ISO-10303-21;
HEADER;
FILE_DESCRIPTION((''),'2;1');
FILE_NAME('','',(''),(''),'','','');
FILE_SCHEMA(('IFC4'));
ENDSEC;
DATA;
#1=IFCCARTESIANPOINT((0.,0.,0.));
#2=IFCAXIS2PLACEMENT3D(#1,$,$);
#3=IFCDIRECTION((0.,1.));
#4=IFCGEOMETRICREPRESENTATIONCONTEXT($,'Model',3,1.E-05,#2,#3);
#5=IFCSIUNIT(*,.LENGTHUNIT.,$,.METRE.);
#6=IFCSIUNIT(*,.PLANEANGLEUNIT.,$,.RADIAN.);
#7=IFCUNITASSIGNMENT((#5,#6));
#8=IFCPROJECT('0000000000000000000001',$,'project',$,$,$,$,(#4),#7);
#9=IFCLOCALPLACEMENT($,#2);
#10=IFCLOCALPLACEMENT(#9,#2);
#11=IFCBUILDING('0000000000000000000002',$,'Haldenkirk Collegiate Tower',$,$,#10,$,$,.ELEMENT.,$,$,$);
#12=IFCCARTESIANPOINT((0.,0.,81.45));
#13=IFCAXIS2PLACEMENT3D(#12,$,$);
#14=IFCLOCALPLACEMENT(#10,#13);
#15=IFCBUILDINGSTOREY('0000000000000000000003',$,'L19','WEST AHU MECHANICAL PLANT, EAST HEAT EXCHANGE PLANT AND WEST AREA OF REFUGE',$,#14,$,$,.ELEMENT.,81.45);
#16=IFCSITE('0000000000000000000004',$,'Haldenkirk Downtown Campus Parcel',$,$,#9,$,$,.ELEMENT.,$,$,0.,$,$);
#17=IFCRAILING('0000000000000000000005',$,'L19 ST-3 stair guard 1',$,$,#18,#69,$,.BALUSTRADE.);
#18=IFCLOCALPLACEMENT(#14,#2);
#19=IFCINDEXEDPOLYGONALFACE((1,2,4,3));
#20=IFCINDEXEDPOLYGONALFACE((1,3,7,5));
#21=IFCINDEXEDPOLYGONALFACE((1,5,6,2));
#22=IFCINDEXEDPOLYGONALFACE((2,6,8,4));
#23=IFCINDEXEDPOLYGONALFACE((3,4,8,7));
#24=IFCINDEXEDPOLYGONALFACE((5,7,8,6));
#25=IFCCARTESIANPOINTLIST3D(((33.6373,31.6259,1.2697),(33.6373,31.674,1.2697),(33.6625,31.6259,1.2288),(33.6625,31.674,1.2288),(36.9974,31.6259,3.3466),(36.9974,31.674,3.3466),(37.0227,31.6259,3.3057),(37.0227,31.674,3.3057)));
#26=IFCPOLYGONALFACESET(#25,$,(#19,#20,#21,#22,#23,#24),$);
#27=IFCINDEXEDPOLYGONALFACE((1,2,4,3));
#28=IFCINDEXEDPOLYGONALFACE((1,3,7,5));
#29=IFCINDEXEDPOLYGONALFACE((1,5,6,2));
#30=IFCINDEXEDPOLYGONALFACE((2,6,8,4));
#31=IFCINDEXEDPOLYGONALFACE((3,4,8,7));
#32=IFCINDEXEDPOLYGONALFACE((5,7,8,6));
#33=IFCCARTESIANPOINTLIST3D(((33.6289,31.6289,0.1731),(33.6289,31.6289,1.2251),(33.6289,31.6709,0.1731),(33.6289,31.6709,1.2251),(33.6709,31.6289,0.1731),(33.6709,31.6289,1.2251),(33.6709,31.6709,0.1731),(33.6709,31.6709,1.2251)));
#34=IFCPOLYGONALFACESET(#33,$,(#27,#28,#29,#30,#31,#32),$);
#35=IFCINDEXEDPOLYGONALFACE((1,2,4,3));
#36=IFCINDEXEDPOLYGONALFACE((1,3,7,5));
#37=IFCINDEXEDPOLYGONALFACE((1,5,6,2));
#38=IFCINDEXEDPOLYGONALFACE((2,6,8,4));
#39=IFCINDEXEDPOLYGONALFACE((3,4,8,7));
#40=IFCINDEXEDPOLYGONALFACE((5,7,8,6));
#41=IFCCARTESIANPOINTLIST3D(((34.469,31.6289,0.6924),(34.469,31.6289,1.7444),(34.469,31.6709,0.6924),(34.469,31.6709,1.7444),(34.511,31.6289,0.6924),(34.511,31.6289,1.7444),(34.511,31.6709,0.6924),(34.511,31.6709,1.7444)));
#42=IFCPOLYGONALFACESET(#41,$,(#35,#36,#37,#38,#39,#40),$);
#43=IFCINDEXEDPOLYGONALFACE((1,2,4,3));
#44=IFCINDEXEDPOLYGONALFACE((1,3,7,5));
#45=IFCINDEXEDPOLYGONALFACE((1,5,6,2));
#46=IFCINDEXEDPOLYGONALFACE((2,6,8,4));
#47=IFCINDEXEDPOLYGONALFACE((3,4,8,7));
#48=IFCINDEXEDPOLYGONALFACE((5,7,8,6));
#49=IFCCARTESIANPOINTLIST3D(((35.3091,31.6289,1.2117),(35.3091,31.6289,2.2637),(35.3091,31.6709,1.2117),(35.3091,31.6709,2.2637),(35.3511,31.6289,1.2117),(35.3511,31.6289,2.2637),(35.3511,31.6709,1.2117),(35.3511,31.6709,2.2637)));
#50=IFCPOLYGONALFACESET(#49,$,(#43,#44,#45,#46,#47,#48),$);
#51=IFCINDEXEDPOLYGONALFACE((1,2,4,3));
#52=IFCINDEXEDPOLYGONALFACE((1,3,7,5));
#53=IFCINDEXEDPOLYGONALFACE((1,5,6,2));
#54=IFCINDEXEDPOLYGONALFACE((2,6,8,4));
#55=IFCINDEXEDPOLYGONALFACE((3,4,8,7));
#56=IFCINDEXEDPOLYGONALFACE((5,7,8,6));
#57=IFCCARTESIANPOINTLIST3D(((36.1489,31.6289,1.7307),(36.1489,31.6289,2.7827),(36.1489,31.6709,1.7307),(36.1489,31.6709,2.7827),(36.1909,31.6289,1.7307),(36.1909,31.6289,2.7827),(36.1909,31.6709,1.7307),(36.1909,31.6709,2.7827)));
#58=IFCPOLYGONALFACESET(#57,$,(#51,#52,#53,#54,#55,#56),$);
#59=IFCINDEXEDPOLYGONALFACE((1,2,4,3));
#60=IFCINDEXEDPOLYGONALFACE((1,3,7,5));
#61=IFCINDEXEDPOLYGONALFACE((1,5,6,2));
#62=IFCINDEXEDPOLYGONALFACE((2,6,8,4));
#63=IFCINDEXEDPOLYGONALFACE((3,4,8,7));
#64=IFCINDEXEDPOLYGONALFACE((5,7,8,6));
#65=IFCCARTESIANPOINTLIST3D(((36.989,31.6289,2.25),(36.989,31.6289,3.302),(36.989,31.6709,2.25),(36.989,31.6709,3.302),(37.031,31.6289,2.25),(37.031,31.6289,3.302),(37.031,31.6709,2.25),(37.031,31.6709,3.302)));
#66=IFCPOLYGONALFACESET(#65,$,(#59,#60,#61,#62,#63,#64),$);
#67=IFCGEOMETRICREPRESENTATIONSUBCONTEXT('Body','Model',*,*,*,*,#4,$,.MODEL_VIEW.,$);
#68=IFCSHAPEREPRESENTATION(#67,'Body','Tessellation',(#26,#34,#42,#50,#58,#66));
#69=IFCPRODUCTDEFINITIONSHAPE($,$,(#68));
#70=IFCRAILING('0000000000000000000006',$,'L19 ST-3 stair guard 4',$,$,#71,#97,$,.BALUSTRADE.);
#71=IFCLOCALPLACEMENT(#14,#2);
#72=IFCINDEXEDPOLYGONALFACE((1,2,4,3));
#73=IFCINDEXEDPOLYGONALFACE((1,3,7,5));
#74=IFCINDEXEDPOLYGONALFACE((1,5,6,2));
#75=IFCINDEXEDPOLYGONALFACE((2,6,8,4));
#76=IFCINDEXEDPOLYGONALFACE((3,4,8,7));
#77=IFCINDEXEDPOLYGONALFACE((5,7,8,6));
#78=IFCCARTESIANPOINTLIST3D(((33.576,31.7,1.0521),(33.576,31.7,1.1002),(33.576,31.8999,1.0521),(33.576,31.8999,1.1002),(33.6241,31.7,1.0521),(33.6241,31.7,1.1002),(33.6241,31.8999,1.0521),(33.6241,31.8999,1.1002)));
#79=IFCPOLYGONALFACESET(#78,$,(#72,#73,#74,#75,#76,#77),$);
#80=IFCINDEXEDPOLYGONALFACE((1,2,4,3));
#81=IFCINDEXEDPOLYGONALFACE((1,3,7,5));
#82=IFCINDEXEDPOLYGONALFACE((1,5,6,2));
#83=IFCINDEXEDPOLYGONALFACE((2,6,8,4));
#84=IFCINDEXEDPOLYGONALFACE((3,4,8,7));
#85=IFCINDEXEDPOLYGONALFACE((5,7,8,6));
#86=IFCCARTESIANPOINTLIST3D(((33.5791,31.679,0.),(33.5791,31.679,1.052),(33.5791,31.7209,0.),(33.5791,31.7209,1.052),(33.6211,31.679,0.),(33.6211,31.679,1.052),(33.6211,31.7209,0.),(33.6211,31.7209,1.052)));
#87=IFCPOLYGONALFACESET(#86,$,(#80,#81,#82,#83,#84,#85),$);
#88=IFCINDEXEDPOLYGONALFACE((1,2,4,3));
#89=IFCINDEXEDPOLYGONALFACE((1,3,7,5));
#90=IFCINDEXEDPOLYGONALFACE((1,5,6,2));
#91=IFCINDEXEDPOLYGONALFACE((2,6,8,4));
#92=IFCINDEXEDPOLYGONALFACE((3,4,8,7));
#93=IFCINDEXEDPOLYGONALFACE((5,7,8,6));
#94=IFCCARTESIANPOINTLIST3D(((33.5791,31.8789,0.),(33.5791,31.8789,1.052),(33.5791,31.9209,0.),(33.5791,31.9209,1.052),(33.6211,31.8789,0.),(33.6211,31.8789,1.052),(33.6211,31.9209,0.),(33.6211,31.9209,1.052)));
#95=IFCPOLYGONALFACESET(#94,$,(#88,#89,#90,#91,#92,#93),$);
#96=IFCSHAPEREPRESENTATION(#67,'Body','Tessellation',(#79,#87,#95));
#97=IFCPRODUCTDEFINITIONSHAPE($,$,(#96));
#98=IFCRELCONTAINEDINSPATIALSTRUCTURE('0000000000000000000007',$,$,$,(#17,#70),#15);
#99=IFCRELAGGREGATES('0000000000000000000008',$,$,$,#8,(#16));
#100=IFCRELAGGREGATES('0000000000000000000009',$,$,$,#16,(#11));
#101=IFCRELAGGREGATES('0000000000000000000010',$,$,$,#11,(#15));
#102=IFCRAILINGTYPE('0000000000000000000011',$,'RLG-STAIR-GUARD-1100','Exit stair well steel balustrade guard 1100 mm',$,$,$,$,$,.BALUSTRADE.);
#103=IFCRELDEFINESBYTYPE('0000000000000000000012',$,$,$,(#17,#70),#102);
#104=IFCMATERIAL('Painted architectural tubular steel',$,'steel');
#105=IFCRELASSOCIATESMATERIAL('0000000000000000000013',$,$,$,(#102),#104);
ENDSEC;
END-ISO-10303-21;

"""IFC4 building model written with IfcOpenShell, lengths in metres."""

from ifc_helpers import new_model, si_unit, direction, frame, origin, origin_2d, place, context, subcontext, project, spatial, rectangle, extrude, material, type_object, element, save


model = new_model("IFC4")

# Units and contexts
model_context = context("Model", 3, precision=1e-05, world=origin(), true_north=direction((0.0, 1.0)))
body_context = subcontext(model_context, "Body", "Model", "MODEL_VIEW")
ifc_project = project(units=[si_unit("LENGTHUNIT", "METRE"), si_unit("PLANEANGLEUNIT", "RADIAN")], contexts=[model_context])

# Site, building, storey
site_placement = place(None, origin())
site = spatial("IfcSite", under=ifc_project, at=site_placement, Name="Haldenkirk Downtown Campus Parcel", CompositionType="ELEMENT", RefElevation=0.0)
building_placement = place(site_placement, origin())
building = spatial("IfcBuilding", under=site, at=building_placement, Name="Haldenkirk Collegiate Tower", CompositionType="ELEMENT")
storey_placement = place(building_placement, frame((0.0, 0.0, 81.45)))
storey = spatial("IfcBuildingStorey", under=building, at=storey_placement, Name="L19", Description="WEST AHU MECHANICAL PLANT, EAST HEAT EXCHANGE PLANT AND WEST AREA OF REFUGE", CompositionType="ELEMENT", Elevation=81.45)

# Railings
ifc_material_1 = material(Name="Painted architectural tubular steel", Category="steel")
railing_type = type_object("IfcRailingType", Name="RLG-STAIR-GUARD-1100", Description="Exit stair well steel balustrade guard 1100 mm", PredefinedType="BALUSTRADE", material=ifc_material_1)
railing_1_placement = place(storey_placement, frame((33.6499, 31.6499, 0.1731)))
element("IfcRailing", 1, at=railing_1_placement, inside=storey, type_object=railing_type, Name="L19 ST-3 stair guard 1", PredefinedType="BALUSTRADE", context=body_context, shape_type="SweptSolid", body=[
    extrude(rectangle(XDim=0.0481, YDim=0.0481, at=origin_2d()), frame((0.0, 0.0, 1.0762), z_axis=(0.850623, 0.0, 0.525776), x_axis=(0.0, 1.0, 0.0)), (0.0, 0.0, 1.0), 3.9502),
    extrude(rectangle(XDim=0.042, YDim=0.042, at=origin_2d()), origin(), (0.0, 0.0, 1.0), 1.052),
    extrude(rectangle(XDim=0.042, YDim=0.042, at=origin_2d()), frame((0.8401, 0.0, 0.5193)), (0.0, 0.0, 1.0), 1.052),
    extrude(rectangle(XDim=0.042, YDim=0.042, at=origin_2d()), frame((1.6802, 0.0, 1.0386)), (0.0, 0.0, 1.0), 1.052),
    extrude(rectangle(XDim=0.042, YDim=0.042, at=origin_2d()), frame((2.52, 0.0, 1.5576)), (0.0, 0.0, 1.0), 1.052),
    extrude(rectangle(XDim=0.042, YDim=0.042, at=origin_2d()), frame((3.3601, 0.0, 2.0769)), (0.0, 0.0, 1.0), 1.052),
])
railing_2_placement = place(storey_placement, frame((33.6001, 31.7, 0.0)))
element("IfcRailing", 2, at=railing_2_placement, inside=storey, type_object=railing_type, Name="L19 ST-3 stair guard 4", PredefinedType="BALUSTRADE", context=body_context, shape_type="SweptSolid", body=[
    extrude(rectangle(XDim=0.0481, YDim=0.0481, at=origin_2d()), frame((0.0, 0.0, 1.0762), z_axis=(0.0, 1.0, 0.0), x_axis=(-1.0, 0.0, 0.0)), (0.0, 0.0, 1.0), 0.2),
    extrude(rectangle(XDim=0.042, YDim=0.042, at=origin_2d()), origin(), (0.0, 0.0, 1.0), 1.052),
    extrude(rectangle(XDim=0.042, YDim=0.042, at=origin_2d()), frame((0.0, 0.2, 0.0)), (0.0, 0.0, 1.0), 1.052),
])

save(model, "model.ifc")
